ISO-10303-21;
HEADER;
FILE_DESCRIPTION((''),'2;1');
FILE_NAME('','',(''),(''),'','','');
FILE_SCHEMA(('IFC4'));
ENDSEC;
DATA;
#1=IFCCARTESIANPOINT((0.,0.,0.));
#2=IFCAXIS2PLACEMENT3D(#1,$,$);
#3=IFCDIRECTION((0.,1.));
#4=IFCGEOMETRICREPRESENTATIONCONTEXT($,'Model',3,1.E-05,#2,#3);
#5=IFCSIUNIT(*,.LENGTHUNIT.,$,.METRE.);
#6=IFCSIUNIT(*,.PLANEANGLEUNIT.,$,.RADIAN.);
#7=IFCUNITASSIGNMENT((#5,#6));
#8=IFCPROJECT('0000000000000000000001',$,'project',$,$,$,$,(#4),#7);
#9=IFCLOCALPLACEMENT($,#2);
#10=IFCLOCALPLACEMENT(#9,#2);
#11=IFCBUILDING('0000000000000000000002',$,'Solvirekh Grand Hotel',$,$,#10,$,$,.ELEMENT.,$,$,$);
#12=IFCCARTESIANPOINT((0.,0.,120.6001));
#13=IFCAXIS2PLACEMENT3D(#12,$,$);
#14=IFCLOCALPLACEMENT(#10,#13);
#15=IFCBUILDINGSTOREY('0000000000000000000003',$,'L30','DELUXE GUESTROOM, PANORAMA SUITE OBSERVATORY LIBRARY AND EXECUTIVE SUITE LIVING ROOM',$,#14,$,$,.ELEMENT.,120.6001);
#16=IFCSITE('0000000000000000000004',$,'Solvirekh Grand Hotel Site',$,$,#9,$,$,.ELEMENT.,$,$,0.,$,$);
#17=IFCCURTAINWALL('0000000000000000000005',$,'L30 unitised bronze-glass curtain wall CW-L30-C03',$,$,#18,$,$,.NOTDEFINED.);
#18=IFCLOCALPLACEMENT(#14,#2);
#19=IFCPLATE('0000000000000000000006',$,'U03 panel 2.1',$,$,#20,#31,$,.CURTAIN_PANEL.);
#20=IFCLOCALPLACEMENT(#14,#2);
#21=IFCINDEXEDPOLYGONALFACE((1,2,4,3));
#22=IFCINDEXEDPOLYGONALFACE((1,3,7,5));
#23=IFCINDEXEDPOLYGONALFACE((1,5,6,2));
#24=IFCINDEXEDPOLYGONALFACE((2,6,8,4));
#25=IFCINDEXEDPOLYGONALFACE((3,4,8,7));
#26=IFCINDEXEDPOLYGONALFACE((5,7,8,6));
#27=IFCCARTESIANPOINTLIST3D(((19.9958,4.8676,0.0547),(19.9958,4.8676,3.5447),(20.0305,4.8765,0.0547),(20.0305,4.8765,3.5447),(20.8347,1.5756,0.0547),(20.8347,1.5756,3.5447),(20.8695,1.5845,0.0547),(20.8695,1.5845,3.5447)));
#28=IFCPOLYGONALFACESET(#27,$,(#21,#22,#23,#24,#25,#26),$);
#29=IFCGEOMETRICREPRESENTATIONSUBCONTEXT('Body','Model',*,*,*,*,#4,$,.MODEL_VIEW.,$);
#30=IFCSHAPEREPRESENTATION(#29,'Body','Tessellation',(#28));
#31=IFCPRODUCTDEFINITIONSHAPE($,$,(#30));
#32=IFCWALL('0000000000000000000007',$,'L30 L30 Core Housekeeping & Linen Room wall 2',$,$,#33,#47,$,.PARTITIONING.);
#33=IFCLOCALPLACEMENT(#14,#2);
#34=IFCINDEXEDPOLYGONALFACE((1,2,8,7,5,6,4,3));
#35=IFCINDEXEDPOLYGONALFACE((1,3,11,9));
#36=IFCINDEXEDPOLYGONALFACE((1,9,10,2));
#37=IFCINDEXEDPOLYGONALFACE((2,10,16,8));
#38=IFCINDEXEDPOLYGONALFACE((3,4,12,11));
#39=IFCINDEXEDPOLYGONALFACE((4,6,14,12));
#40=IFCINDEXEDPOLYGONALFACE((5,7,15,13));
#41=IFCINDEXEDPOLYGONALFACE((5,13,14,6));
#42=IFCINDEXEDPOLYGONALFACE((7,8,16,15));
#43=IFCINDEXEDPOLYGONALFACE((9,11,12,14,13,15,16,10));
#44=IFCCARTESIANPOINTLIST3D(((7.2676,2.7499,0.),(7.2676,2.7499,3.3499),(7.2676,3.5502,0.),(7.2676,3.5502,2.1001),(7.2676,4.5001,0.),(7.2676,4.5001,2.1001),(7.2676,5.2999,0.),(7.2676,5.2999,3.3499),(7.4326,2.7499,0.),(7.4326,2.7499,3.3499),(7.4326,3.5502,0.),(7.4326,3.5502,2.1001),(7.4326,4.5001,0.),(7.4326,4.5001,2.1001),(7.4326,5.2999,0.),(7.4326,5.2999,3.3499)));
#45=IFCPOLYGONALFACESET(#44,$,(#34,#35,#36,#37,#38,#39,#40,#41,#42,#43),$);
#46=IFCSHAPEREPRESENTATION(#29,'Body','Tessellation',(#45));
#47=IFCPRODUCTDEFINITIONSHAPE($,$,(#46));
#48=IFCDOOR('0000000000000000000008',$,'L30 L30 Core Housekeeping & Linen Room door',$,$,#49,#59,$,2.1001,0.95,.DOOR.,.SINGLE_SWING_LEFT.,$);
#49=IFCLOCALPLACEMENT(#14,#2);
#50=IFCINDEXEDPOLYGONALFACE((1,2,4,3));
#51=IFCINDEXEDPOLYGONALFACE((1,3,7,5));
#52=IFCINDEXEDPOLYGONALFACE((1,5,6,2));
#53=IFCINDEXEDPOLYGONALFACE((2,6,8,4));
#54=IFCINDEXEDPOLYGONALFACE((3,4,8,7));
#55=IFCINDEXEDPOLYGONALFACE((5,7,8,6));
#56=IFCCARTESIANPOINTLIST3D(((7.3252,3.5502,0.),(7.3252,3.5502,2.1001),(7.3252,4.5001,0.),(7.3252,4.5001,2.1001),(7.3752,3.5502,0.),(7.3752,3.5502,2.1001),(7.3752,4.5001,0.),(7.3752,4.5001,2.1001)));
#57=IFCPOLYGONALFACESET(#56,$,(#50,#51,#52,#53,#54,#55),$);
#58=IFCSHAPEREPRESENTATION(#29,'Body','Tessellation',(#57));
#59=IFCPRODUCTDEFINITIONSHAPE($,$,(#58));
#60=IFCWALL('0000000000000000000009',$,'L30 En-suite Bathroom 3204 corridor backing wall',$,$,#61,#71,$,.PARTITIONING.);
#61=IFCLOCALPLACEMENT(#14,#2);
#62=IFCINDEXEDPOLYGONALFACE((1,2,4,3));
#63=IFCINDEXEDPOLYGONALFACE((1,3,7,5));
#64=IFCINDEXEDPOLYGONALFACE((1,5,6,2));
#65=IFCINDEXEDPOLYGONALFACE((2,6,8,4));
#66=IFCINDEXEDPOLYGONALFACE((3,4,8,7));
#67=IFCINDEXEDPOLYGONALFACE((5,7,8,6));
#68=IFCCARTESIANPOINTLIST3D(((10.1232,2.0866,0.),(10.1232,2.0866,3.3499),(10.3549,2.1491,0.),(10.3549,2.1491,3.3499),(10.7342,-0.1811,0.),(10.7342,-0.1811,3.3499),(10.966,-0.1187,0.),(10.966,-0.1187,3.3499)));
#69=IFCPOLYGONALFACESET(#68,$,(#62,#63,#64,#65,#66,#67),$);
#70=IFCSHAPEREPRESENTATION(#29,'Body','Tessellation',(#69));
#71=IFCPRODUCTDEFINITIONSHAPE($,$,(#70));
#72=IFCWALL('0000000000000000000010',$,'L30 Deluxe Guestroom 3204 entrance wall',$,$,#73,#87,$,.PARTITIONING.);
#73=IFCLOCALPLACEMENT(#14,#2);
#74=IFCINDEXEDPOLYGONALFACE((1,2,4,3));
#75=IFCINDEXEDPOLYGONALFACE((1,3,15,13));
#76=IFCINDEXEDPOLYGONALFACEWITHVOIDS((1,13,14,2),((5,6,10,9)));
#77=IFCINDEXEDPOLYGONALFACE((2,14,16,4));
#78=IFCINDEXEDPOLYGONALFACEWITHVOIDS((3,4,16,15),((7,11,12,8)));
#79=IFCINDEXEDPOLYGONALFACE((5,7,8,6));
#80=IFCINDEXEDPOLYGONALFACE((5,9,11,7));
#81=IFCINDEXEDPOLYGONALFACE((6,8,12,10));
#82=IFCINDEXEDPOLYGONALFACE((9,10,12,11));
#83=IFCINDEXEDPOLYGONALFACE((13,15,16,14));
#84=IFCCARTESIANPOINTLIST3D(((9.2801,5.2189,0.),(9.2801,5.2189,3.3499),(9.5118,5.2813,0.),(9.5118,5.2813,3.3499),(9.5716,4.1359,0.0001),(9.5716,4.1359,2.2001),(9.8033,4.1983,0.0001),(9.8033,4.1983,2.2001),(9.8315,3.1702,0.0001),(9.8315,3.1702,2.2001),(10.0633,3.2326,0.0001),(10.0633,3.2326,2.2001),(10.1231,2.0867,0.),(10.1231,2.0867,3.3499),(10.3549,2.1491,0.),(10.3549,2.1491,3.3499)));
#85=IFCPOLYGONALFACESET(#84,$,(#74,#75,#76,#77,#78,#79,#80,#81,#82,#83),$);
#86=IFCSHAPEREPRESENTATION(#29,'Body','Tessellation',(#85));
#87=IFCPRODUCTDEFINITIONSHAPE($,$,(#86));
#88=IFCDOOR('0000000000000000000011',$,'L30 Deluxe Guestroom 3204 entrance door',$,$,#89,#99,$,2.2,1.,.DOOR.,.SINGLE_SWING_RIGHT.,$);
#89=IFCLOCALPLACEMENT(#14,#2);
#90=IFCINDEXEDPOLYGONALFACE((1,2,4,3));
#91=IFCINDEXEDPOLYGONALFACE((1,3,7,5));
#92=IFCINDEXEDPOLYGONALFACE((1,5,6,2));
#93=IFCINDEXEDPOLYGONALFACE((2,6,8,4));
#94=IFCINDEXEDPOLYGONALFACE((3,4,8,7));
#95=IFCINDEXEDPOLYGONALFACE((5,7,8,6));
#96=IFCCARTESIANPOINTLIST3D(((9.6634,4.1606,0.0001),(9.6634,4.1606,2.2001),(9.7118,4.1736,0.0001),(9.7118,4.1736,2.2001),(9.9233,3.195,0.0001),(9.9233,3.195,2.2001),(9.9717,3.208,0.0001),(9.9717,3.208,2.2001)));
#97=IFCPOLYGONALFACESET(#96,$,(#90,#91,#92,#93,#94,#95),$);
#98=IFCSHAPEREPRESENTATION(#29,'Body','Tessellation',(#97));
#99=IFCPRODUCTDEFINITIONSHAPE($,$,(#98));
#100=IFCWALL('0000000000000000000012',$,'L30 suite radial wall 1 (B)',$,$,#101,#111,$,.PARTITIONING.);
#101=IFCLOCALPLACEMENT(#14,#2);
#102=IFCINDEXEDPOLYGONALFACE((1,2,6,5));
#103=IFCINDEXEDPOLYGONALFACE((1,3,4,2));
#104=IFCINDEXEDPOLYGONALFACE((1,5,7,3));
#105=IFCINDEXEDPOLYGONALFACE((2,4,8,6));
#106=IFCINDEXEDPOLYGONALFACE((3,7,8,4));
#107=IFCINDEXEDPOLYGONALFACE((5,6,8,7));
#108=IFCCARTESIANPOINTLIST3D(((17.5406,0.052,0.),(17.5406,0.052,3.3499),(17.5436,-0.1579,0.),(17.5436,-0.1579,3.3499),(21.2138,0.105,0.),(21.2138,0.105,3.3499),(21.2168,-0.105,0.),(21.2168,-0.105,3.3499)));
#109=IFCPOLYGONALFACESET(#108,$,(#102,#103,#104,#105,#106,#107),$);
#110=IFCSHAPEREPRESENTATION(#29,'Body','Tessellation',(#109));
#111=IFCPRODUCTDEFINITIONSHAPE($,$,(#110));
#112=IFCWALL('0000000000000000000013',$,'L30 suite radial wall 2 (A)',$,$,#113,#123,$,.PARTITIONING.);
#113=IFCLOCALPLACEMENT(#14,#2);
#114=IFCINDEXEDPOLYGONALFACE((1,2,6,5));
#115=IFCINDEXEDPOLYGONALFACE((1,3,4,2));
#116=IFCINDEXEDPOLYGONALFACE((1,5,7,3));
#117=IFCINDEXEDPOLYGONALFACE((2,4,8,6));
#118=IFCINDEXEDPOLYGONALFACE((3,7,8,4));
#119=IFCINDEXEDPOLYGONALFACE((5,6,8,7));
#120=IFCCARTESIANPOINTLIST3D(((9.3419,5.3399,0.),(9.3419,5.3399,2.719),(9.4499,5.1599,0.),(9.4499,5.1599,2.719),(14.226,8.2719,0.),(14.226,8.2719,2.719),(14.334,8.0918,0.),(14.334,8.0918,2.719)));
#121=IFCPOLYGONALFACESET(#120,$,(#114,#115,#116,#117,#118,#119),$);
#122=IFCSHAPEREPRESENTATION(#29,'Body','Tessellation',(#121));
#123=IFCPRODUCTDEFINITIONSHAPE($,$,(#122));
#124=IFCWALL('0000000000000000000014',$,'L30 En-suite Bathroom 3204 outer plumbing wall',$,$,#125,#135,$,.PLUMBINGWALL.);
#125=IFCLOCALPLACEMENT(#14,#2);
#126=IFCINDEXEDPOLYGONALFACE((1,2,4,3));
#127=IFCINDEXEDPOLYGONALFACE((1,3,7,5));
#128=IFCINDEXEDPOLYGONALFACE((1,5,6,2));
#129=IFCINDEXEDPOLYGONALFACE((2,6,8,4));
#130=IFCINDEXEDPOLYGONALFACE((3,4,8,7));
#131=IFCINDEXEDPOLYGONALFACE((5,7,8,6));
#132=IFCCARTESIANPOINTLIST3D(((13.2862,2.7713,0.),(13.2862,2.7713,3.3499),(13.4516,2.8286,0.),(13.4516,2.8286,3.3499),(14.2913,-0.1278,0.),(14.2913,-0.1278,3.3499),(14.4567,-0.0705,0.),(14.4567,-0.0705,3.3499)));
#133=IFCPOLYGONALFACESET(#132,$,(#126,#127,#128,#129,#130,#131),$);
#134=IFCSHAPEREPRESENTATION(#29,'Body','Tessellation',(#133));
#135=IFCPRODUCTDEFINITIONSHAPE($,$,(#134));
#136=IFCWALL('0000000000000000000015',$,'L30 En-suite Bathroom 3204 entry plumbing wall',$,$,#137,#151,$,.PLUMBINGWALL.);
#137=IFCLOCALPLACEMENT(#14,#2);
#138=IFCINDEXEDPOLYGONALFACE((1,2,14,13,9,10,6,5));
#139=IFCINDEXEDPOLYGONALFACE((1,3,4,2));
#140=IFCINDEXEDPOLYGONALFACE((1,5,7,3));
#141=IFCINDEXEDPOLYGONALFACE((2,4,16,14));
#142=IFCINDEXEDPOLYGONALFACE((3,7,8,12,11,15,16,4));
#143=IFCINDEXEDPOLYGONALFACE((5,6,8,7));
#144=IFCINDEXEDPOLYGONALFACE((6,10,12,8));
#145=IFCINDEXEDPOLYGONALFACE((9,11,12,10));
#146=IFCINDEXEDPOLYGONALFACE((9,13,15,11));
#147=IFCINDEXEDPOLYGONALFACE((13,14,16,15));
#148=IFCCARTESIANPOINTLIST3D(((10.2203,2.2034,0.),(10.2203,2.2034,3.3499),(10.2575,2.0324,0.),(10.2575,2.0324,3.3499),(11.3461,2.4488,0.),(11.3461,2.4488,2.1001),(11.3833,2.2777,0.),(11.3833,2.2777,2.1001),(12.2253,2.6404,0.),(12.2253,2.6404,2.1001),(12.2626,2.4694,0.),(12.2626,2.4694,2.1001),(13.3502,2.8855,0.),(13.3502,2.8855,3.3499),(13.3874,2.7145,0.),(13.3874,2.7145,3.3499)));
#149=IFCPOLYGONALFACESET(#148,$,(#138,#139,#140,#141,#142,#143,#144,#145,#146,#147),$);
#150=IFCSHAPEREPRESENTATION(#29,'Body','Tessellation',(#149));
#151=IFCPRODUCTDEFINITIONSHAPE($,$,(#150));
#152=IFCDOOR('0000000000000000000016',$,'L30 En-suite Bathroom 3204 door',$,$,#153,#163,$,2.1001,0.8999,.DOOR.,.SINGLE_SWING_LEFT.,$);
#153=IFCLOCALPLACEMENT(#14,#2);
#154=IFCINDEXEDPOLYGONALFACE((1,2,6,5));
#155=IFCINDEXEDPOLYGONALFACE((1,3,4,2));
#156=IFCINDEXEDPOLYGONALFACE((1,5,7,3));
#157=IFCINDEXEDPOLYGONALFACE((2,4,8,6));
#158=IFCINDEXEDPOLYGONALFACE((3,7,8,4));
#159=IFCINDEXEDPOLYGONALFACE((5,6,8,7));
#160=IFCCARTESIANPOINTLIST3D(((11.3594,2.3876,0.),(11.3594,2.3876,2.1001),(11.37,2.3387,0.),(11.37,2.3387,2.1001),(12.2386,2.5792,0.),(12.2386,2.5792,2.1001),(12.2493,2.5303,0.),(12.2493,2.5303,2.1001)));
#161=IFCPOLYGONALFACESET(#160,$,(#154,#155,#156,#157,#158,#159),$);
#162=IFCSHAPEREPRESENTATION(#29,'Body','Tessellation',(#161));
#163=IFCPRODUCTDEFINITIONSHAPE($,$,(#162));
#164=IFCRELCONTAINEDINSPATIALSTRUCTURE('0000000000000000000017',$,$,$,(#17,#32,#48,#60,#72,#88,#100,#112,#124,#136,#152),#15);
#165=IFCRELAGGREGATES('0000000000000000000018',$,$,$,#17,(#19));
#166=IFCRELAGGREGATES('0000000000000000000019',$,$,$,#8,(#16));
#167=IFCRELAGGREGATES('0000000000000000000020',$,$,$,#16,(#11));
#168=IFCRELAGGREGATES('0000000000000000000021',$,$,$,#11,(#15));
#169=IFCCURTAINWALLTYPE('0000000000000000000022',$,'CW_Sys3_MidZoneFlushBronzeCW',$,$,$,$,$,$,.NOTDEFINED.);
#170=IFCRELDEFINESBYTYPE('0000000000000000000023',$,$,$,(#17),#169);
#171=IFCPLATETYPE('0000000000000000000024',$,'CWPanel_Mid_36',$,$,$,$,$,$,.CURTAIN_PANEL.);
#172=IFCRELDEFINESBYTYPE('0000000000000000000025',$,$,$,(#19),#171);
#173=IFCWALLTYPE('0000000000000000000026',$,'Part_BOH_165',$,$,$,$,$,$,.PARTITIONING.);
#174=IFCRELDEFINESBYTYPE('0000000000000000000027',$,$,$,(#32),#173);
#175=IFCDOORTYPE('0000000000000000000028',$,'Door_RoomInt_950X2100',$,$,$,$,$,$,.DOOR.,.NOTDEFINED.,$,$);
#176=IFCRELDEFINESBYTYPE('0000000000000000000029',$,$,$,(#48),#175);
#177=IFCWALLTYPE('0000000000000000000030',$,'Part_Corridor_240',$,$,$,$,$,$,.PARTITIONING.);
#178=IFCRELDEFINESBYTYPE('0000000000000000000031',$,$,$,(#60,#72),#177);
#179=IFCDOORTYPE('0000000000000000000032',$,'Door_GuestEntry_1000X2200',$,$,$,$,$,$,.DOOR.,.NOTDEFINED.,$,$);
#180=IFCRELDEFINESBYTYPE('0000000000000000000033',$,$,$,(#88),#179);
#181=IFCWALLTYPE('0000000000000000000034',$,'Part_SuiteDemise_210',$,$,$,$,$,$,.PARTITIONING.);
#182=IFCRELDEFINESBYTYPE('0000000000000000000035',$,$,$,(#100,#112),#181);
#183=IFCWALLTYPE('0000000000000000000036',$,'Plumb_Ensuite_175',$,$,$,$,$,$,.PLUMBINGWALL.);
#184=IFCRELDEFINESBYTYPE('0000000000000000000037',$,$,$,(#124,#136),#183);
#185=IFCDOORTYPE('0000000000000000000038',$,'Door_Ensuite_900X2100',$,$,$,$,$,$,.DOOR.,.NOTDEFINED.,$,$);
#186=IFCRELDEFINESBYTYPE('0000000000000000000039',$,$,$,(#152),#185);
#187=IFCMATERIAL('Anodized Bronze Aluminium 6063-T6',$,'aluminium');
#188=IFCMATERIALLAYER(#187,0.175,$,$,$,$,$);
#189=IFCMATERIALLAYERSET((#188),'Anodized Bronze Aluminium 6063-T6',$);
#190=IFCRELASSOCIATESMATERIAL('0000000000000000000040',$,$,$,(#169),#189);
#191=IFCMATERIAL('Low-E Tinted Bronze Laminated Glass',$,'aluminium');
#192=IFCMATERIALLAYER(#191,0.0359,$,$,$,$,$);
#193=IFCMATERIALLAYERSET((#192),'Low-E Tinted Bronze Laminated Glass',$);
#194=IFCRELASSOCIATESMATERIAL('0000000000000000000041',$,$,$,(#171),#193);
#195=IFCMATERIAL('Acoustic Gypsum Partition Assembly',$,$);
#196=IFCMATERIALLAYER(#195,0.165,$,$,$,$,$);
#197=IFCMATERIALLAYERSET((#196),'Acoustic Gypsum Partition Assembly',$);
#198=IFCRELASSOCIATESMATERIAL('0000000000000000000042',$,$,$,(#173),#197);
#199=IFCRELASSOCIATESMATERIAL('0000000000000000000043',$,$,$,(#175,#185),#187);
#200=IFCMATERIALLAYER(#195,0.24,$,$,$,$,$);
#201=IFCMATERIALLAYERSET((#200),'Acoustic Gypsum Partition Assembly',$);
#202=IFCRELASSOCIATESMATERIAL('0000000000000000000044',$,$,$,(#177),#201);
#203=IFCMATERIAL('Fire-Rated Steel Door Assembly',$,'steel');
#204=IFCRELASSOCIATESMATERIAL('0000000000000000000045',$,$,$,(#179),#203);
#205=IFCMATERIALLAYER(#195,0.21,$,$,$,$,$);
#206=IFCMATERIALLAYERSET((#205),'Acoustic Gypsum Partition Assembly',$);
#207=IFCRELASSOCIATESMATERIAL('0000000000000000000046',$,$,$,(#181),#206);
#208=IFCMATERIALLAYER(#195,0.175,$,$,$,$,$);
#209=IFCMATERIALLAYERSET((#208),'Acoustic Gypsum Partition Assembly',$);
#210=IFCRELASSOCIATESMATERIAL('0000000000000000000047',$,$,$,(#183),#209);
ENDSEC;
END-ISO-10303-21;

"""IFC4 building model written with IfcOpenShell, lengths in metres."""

from ifc_helpers import new_model, si_unit, direction, frame, frame_2d, origin, origin_2d, place, context, subcontext, project, spatial, rectangle, extrude, source, transform, mapped, material, layer, layer_set, type_object, element, fill, aggregate, save


model = new_model("IFC4")

# Units and contexts
model_context = context("Model", 3, precision=1e-05, world=origin(), true_north=direction((0.0, 1.0)))
body_context = subcontext(model_context, "Body", "Model", "MODEL_VIEW")
ifc_project = project(units=[si_unit("LENGTHUNIT", "METRE"), si_unit("PLANEANGLEUNIT", "RADIAN")], contexts=[model_context])

# Site, building, storey
site_placement = place(None, origin())
site = spatial("IfcSite", under=ifc_project, at=site_placement, Name="Solvirekh Grand Hotel Site", CompositionType="ELEMENT", RefElevation=0.0)
building_placement = place(site_placement, origin())
building = spatial("IfcBuilding", under=site, at=building_placement, Name="Solvirekh Grand Hotel", CompositionType="ELEMENT")
storey_placement = place(building_placement, frame((0.0, 0.0, 120.6001)))
storey = spatial("IfcBuildingStorey", under=building, at=storey_placement, Name="L30", Description="DELUXE GUESTROOM, PANORAMA SUITE OBSERVATORY LIBRARY AND EXECUTIVE SUITE LIVING ROOM", CompositionType="ELEMENT", Elevation=120.6001)

# Curtain wall, plate
ifc_material_1 = material(Name="Anodized Bronze Aluminium 6063-T6", Category="aluminium")
ifc_layer_1 = layer(ifc_material_1, 0.175)
ifc_layer_set_1 = layer_set([ifc_layer_1], Name="Anodized Bronze Aluminium 6063-T6")
curtain_wall_type = type_object("IfcCurtainWallType", Name="CW_Sys3_MidZoneFlushBronzeCW", PredefinedType="NOTDEFINED", material=ifc_layer_set_1)
curtain_wall_placement = place(storey_placement, origin())
curtain_wall = element("IfcCurtainWall", 1, at=curtain_wall_placement, inside=storey, type_object=curtain_wall_type, Name="L30 unitised bronze-glass curtain wall CW-L30-C03", PredefinedType="NOTDEFINED")
ifc_material_2 = material(Name="Low-E Tinted Bronze Laminated Glass", Category="aluminium")
ifc_layer_2 = layer(ifc_material_2, 0.0359)
ifc_layer_set_2 = layer_set([ifc_layer_2], Name="Low-E Tinted Bronze Laminated Glass")
plate_type = type_object("IfcPlateType", Name="CWPanel_Mid_36", PredefinedType="CURTAIN_PANEL", material=ifc_layer_set_2)
shared_shape_1 = source(origin(), body_context, "Body", "SweptSolid", [
    extrude(rectangle(XDim=3.3972, YDim=0.0359, at=origin_2d()), origin(), (0.0, 0.0, 1.0), 3.49),
])
plate_1_placement = place(storey_placement, frame((20.4326, 3.2261, 0.0547), z_axis=(0.0, 0.0, 1.0), x_axis=(-0.246943, 0.96903, 0.0)))
plate_1 = element("IfcPlate", 2, at=plate_1_placement, type_object=plate_type, Name="U03 panel 2.1", PredefinedType="CURTAIN_PANEL", context=body_context, shape_type="MappedRepresentation", body=[
    mapped(shared_shape_1, transform((0.0, 0.0, 0.0), x_axis=(1.0, 0.0, 0.0), y_axis=(0.0, 1.0, 0.0), z_axis=(0.0, 0.0, 1.0), scale=1.0)),
])
aggregate(curtain_wall, [plate_1])

# Wall, opening, door
ifc_material_3 = material(Name="Acoustic Gypsum Partition Assembly")
ifc_layer_3 = layer(ifc_material_3, 0.165)
ifc_layer_set_3 = layer_set([ifc_layer_3], Name="Acoustic Gypsum Partition Assembly")
wall_type_1 = type_object("IfcWallType", Name="Part_BOH_165", PredefinedType="PARTITIONING", material=ifc_layer_set_3)
wall_1_placement = place(storey_placement, frame((7.3501, 2.75, 0.0), z_axis=(0.0, 0.0, 1.0), x_axis=(0.0, 1.0, 0.0)))
wall_1 = element("IfcWall", 3, at=wall_1_placement, inside=storey, type_object=wall_type_1, Name="L30 L30 Core Housekeeping & Linen Room wall 2", PredefinedType="PARTITIONING", context=body_context, shape_type="SweptSolid", body=[
    extrude(rectangle(XDim=2.55, YDim=0.165, at=frame_2d((1.2749, 0.0))), origin(), (0.0, 0.0, 1.0), 3.3499),
])
opening_1_placement = place(wall_1_placement, frame((0.8, 0.0, 0.0)))
opening_1 = element("IfcOpeningElement", 4, at=opening_1_placement, cuts=wall_1, PredefinedType="OPENING", context=body_context, shape_type="SweptSolid", body=[
    extrude(rectangle(XDim=0.95, YDim=2.1001, at=frame_2d((0.4751, 1.05))), frame((0.0, 0.0925, 0.0), z_axis=(0.0, -1.0, 0.0), x_axis=(1.0, 0.0, 0.0)), (0.0, 0.0, 1.0), 0.1851),
])
door_type_1 = type_object("IfcDoorType", Name="Door_RoomInt_950X2100", OperationType="NOTDEFINED", PredefinedType="DOOR", material=ifc_material_1)
door_1_placement = place(opening_1_placement, origin())
door_1 = element("IfcDoor", 5, at=door_1_placement, inside=storey, type_object=door_type_1, Name="L30 L30 Core Housekeeping & Linen Room door", OperationType="SINGLE_SWING_LEFT", OverallHeight=2.1001, OverallWidth=0.95, PredefinedType="DOOR", context=body_context, shape_type="SweptSolid", body=[
    extrude(rectangle(XDim=0.95, YDim=2.1001, at=frame_2d((0.4751, 1.05))), frame((0.0, 0.0249, 0.0), z_axis=(0.0, -1.0, 0.0), x_axis=(1.0, 0.0, 0.0)), (0.0, 0.0, 1.0), 0.05),
])
fill(opening_1, door_1)

# Wall
ifc_layer_4 = layer(ifc_material_3, 0.24)
ifc_layer_set_4 = layer_set([ifc_layer_4], Name="Acoustic Gypsum Partition Assembly")
wall_type_2 = type_object("IfcWallType", Name="Part_Corridor_240", PredefinedType="PARTITIONING", material=ifc_layer_set_4)
wall_2_placement = place(storey_placement, frame((10.8501, -0.1499, 0.0), z_axis=(0.0, 0.0, 1.0), x_axis=(-0.260178, 0.965561, 0.0)))
element("IfcWall", 6, at=wall_2_placement, inside=storey, type_object=wall_type_2, Name="L30 En-suite Bathroom 3204 corridor backing wall", PredefinedType="PARTITIONING", context=body_context, shape_type="SweptSolid", body=[
    extrude(rectangle(XDim=2.3486, YDim=0.24, at=frame_2d((1.1743, 0.0))), origin(), (0.0, 0.0, 1.0), 3.3499),
])

# Wall, opening, door
wall_3_placement = place(storey_placement, frame((10.239, 2.1179, 0.0), z_axis=(0.0, 0.0, 1.0), x_axis=(-0.259906, 0.965634, 0.0)))
wall_3 = element("IfcWall", 7, at=wall_3_placement, inside=storey, type_object=wall_type_2, Name="L30 Deluxe Guestroom 3204 entrance wall", PredefinedType="PARTITIONING", context=body_context, shape_type="SweptSolid", body=[
    extrude(rectangle(XDim=3.2437, YDim=0.24, at=frame_2d((1.6218, 0.0))), origin(), (0.0, 0.0, 1.0), 3.3499),
])
opening_2_placement = place(wall_3_placement, frame((1.1221, 0.0, 0.0)))
opening_2 = element("IfcOpeningElement", 8, at=opening_2_placement, cuts=wall_3, PredefinedType="OPENING", context=body_context, shape_type="SweptSolid", body=[
    extrude(rectangle(XDim=1.0, YDim=2.2, at=frame_2d((0.5, 1.1001))), frame((0.0, 0.1299, 0.0), z_axis=(0.0, -1.0, 0.0), x_axis=(1.0, 0.0, 0.0)), (0.0, 0.0, 1.0), 0.26),
])
ifc_material_4 = material(Name="Fire-Rated Steel Door Assembly", Category="steel")
door_type_2 = type_object("IfcDoorType", Name="Door_GuestEntry_1000X2200", OperationType="NOTDEFINED", PredefinedType="DOOR", material=ifc_material_4)
door_2_placement = place(opening_2_placement, origin())
door_2 = element("IfcDoor", 9, at=door_2_placement, inside=storey, type_object=door_type_2, Name="L30 Deluxe Guestroom 3204 entrance door", OperationType="SINGLE_SWING_RIGHT", OverallHeight=2.2, OverallWidth=1.0, PredefinedType="DOOR", context=body_context, shape_type="SweptSolid", body=[
    extrude(rectangle(XDim=1.0, YDim=2.2, at=frame_2d((0.5, 1.1001))), frame((0.0, 0.0249, 0.0), z_axis=(0.0, -1.0, 0.0), x_axis=(1.0, 0.0, 0.0)), (0.0, 0.0, 1.0), 0.05),
])
fill(opening_2, door_2)

# Walls
ifc_layer_5 = layer(ifc_material_3, 0.21)
ifc_layer_set_5 = layer_set([ifc_layer_5], Name="Acoustic Gypsum Partition Assembly")
wall_type_3 = type_object("IfcWallType", Name="Part_SuiteDemise_210", PredefinedType="PARTITIONING", material=ifc_layer_set_5)
wall_4_placement = place(storey_placement, frame((17.542, -0.053, 0.0), z_axis=(0.0, 0.0, 1.0), x_axis=(0.999896, 0.014422, 0.0)))
element("IfcWall", 10, at=wall_4_placement, inside=storey, type_object=wall_type_3, Name="L30 suite radial wall 1 (B)", PredefinedType="PARTITIONING", context=body_context, shape_type="SweptSolid", body=[
    extrude(rectangle(XDim=3.6736, YDim=0.21, at=frame_2d((1.8369, 0.0))), origin(), (0.0, 0.0, 1.0), 3.3499),
])
wall_5_placement = place(storey_placement, frame((9.396, 5.25, 0.0), z_axis=(0.0, 0.0, 1.0), x_axis=(0.857379, 0.514685, 0.0)))
element("IfcWall", 11, at=wall_5_placement, inside=storey, type_object=wall_type_3, Name="L30 suite radial wall 2 (A)", PredefinedType="PARTITIONING", context=body_context, shape_type="SweptSolid", body=[
    extrude(rectangle(XDim=5.6965, YDim=0.21, at=frame_2d((2.8481, 0.0))), origin(), (0.0, 0.0, 1.0), 2.719),
])
ifc_layer_6 = layer(ifc_material_3, 0.175)
ifc_layer_set_6 = layer_set([ifc_layer_6], Name="Acoustic Gypsum Partition Assembly")
wall_type_4 = type_object("IfcWallType", Name="Plumb_Ensuite_175", PredefinedType="PLUMBINGWALL", material=ifc_layer_set_6)
wall_6_placement = place(storey_placement, frame((14.374, -0.0991, 0.0), z_axis=(0.0, 0.0, 1.0), x_axis=(-0.327567, 0.944828, 0.0)))
element("IfcWall", 12, at=wall_6_placement, inside=storey, type_object=wall_type_4, Name="L30 En-suite Bathroom 3204 outer plumbing wall", PredefinedType="PLUMBINGWALL", context=body_context, shape_type="SweptSolid", body=[
    extrude(rectangle(XDim=3.0684, YDim=0.175, at=frame_2d((1.5342, 0.0))), origin(), (0.0, 0.0, 1.0), 3.3499),
])

# Wall, opening, door
wall_7_placement = place(storey_placement, frame((10.239, 2.1179, 0.0), z_axis=(0.0, 0.0, 1.0), x_axis=(0.977065, 0.212942, 0.0)))
wall_7 = element("IfcWall", 13, at=wall_7_placement, inside=storey, type_object=wall_type_4, Name="L30 En-suite Bathroom 3204 entry plumbing wall", PredefinedType="PLUMBINGWALL", context=body_context, shape_type="SweptSolid", body=[
    extrude(rectangle(XDim=3.2034, YDim=0.175, at=frame_2d((1.6016, 0.0))), origin(), (0.0, 0.0, 1.0), 3.3499),
])
opening_3_placement = place(wall_7_placement, frame((1.1521, 0.0, 0.0)))
opening_3 = element("IfcOpeningElement", 14, at=opening_3_placement, cuts=wall_7, PredefinedType="OPENING", context=body_context, shape_type="SweptSolid", body=[
    extrude(rectangle(XDim=0.8999, YDim=2.1001, at=frame_2d((0.45, 1.05))), frame((0.0, 0.0977, 0.0), z_axis=(0.0, -1.0, 0.0), x_axis=(1.0, 0.0, 0.0)), (0.0, 0.0, 1.0), 0.1951),
])
door_type_3 = type_object("IfcDoorType", Name="Door_Ensuite_900X2100", OperationType="NOTDEFINED", PredefinedType="DOOR", material=ifc_material_1)
door_3_placement = place(opening_3_placement, origin())
door_3 = element("IfcDoor", 15, at=door_3_placement, inside=storey, type_object=door_type_3, Name="L30 En-suite Bathroom 3204 door", OperationType="SINGLE_SWING_LEFT", OverallHeight=2.1001, OverallWidth=0.8999, PredefinedType="DOOR", context=body_context, shape_type="SweptSolid", body=[
    extrude(rectangle(XDim=0.8999, YDim=2.1001, at=frame_2d((0.45, 1.05))), frame((0.0, 0.0249, 0.0), z_axis=(0.0, -1.0, 0.0), x_axis=(1.0, 0.0, 0.0)), (0.0, 0.0, 1.0), 0.05),
])
fill(opening_3, door_3)

save(model, "model.ifc")
